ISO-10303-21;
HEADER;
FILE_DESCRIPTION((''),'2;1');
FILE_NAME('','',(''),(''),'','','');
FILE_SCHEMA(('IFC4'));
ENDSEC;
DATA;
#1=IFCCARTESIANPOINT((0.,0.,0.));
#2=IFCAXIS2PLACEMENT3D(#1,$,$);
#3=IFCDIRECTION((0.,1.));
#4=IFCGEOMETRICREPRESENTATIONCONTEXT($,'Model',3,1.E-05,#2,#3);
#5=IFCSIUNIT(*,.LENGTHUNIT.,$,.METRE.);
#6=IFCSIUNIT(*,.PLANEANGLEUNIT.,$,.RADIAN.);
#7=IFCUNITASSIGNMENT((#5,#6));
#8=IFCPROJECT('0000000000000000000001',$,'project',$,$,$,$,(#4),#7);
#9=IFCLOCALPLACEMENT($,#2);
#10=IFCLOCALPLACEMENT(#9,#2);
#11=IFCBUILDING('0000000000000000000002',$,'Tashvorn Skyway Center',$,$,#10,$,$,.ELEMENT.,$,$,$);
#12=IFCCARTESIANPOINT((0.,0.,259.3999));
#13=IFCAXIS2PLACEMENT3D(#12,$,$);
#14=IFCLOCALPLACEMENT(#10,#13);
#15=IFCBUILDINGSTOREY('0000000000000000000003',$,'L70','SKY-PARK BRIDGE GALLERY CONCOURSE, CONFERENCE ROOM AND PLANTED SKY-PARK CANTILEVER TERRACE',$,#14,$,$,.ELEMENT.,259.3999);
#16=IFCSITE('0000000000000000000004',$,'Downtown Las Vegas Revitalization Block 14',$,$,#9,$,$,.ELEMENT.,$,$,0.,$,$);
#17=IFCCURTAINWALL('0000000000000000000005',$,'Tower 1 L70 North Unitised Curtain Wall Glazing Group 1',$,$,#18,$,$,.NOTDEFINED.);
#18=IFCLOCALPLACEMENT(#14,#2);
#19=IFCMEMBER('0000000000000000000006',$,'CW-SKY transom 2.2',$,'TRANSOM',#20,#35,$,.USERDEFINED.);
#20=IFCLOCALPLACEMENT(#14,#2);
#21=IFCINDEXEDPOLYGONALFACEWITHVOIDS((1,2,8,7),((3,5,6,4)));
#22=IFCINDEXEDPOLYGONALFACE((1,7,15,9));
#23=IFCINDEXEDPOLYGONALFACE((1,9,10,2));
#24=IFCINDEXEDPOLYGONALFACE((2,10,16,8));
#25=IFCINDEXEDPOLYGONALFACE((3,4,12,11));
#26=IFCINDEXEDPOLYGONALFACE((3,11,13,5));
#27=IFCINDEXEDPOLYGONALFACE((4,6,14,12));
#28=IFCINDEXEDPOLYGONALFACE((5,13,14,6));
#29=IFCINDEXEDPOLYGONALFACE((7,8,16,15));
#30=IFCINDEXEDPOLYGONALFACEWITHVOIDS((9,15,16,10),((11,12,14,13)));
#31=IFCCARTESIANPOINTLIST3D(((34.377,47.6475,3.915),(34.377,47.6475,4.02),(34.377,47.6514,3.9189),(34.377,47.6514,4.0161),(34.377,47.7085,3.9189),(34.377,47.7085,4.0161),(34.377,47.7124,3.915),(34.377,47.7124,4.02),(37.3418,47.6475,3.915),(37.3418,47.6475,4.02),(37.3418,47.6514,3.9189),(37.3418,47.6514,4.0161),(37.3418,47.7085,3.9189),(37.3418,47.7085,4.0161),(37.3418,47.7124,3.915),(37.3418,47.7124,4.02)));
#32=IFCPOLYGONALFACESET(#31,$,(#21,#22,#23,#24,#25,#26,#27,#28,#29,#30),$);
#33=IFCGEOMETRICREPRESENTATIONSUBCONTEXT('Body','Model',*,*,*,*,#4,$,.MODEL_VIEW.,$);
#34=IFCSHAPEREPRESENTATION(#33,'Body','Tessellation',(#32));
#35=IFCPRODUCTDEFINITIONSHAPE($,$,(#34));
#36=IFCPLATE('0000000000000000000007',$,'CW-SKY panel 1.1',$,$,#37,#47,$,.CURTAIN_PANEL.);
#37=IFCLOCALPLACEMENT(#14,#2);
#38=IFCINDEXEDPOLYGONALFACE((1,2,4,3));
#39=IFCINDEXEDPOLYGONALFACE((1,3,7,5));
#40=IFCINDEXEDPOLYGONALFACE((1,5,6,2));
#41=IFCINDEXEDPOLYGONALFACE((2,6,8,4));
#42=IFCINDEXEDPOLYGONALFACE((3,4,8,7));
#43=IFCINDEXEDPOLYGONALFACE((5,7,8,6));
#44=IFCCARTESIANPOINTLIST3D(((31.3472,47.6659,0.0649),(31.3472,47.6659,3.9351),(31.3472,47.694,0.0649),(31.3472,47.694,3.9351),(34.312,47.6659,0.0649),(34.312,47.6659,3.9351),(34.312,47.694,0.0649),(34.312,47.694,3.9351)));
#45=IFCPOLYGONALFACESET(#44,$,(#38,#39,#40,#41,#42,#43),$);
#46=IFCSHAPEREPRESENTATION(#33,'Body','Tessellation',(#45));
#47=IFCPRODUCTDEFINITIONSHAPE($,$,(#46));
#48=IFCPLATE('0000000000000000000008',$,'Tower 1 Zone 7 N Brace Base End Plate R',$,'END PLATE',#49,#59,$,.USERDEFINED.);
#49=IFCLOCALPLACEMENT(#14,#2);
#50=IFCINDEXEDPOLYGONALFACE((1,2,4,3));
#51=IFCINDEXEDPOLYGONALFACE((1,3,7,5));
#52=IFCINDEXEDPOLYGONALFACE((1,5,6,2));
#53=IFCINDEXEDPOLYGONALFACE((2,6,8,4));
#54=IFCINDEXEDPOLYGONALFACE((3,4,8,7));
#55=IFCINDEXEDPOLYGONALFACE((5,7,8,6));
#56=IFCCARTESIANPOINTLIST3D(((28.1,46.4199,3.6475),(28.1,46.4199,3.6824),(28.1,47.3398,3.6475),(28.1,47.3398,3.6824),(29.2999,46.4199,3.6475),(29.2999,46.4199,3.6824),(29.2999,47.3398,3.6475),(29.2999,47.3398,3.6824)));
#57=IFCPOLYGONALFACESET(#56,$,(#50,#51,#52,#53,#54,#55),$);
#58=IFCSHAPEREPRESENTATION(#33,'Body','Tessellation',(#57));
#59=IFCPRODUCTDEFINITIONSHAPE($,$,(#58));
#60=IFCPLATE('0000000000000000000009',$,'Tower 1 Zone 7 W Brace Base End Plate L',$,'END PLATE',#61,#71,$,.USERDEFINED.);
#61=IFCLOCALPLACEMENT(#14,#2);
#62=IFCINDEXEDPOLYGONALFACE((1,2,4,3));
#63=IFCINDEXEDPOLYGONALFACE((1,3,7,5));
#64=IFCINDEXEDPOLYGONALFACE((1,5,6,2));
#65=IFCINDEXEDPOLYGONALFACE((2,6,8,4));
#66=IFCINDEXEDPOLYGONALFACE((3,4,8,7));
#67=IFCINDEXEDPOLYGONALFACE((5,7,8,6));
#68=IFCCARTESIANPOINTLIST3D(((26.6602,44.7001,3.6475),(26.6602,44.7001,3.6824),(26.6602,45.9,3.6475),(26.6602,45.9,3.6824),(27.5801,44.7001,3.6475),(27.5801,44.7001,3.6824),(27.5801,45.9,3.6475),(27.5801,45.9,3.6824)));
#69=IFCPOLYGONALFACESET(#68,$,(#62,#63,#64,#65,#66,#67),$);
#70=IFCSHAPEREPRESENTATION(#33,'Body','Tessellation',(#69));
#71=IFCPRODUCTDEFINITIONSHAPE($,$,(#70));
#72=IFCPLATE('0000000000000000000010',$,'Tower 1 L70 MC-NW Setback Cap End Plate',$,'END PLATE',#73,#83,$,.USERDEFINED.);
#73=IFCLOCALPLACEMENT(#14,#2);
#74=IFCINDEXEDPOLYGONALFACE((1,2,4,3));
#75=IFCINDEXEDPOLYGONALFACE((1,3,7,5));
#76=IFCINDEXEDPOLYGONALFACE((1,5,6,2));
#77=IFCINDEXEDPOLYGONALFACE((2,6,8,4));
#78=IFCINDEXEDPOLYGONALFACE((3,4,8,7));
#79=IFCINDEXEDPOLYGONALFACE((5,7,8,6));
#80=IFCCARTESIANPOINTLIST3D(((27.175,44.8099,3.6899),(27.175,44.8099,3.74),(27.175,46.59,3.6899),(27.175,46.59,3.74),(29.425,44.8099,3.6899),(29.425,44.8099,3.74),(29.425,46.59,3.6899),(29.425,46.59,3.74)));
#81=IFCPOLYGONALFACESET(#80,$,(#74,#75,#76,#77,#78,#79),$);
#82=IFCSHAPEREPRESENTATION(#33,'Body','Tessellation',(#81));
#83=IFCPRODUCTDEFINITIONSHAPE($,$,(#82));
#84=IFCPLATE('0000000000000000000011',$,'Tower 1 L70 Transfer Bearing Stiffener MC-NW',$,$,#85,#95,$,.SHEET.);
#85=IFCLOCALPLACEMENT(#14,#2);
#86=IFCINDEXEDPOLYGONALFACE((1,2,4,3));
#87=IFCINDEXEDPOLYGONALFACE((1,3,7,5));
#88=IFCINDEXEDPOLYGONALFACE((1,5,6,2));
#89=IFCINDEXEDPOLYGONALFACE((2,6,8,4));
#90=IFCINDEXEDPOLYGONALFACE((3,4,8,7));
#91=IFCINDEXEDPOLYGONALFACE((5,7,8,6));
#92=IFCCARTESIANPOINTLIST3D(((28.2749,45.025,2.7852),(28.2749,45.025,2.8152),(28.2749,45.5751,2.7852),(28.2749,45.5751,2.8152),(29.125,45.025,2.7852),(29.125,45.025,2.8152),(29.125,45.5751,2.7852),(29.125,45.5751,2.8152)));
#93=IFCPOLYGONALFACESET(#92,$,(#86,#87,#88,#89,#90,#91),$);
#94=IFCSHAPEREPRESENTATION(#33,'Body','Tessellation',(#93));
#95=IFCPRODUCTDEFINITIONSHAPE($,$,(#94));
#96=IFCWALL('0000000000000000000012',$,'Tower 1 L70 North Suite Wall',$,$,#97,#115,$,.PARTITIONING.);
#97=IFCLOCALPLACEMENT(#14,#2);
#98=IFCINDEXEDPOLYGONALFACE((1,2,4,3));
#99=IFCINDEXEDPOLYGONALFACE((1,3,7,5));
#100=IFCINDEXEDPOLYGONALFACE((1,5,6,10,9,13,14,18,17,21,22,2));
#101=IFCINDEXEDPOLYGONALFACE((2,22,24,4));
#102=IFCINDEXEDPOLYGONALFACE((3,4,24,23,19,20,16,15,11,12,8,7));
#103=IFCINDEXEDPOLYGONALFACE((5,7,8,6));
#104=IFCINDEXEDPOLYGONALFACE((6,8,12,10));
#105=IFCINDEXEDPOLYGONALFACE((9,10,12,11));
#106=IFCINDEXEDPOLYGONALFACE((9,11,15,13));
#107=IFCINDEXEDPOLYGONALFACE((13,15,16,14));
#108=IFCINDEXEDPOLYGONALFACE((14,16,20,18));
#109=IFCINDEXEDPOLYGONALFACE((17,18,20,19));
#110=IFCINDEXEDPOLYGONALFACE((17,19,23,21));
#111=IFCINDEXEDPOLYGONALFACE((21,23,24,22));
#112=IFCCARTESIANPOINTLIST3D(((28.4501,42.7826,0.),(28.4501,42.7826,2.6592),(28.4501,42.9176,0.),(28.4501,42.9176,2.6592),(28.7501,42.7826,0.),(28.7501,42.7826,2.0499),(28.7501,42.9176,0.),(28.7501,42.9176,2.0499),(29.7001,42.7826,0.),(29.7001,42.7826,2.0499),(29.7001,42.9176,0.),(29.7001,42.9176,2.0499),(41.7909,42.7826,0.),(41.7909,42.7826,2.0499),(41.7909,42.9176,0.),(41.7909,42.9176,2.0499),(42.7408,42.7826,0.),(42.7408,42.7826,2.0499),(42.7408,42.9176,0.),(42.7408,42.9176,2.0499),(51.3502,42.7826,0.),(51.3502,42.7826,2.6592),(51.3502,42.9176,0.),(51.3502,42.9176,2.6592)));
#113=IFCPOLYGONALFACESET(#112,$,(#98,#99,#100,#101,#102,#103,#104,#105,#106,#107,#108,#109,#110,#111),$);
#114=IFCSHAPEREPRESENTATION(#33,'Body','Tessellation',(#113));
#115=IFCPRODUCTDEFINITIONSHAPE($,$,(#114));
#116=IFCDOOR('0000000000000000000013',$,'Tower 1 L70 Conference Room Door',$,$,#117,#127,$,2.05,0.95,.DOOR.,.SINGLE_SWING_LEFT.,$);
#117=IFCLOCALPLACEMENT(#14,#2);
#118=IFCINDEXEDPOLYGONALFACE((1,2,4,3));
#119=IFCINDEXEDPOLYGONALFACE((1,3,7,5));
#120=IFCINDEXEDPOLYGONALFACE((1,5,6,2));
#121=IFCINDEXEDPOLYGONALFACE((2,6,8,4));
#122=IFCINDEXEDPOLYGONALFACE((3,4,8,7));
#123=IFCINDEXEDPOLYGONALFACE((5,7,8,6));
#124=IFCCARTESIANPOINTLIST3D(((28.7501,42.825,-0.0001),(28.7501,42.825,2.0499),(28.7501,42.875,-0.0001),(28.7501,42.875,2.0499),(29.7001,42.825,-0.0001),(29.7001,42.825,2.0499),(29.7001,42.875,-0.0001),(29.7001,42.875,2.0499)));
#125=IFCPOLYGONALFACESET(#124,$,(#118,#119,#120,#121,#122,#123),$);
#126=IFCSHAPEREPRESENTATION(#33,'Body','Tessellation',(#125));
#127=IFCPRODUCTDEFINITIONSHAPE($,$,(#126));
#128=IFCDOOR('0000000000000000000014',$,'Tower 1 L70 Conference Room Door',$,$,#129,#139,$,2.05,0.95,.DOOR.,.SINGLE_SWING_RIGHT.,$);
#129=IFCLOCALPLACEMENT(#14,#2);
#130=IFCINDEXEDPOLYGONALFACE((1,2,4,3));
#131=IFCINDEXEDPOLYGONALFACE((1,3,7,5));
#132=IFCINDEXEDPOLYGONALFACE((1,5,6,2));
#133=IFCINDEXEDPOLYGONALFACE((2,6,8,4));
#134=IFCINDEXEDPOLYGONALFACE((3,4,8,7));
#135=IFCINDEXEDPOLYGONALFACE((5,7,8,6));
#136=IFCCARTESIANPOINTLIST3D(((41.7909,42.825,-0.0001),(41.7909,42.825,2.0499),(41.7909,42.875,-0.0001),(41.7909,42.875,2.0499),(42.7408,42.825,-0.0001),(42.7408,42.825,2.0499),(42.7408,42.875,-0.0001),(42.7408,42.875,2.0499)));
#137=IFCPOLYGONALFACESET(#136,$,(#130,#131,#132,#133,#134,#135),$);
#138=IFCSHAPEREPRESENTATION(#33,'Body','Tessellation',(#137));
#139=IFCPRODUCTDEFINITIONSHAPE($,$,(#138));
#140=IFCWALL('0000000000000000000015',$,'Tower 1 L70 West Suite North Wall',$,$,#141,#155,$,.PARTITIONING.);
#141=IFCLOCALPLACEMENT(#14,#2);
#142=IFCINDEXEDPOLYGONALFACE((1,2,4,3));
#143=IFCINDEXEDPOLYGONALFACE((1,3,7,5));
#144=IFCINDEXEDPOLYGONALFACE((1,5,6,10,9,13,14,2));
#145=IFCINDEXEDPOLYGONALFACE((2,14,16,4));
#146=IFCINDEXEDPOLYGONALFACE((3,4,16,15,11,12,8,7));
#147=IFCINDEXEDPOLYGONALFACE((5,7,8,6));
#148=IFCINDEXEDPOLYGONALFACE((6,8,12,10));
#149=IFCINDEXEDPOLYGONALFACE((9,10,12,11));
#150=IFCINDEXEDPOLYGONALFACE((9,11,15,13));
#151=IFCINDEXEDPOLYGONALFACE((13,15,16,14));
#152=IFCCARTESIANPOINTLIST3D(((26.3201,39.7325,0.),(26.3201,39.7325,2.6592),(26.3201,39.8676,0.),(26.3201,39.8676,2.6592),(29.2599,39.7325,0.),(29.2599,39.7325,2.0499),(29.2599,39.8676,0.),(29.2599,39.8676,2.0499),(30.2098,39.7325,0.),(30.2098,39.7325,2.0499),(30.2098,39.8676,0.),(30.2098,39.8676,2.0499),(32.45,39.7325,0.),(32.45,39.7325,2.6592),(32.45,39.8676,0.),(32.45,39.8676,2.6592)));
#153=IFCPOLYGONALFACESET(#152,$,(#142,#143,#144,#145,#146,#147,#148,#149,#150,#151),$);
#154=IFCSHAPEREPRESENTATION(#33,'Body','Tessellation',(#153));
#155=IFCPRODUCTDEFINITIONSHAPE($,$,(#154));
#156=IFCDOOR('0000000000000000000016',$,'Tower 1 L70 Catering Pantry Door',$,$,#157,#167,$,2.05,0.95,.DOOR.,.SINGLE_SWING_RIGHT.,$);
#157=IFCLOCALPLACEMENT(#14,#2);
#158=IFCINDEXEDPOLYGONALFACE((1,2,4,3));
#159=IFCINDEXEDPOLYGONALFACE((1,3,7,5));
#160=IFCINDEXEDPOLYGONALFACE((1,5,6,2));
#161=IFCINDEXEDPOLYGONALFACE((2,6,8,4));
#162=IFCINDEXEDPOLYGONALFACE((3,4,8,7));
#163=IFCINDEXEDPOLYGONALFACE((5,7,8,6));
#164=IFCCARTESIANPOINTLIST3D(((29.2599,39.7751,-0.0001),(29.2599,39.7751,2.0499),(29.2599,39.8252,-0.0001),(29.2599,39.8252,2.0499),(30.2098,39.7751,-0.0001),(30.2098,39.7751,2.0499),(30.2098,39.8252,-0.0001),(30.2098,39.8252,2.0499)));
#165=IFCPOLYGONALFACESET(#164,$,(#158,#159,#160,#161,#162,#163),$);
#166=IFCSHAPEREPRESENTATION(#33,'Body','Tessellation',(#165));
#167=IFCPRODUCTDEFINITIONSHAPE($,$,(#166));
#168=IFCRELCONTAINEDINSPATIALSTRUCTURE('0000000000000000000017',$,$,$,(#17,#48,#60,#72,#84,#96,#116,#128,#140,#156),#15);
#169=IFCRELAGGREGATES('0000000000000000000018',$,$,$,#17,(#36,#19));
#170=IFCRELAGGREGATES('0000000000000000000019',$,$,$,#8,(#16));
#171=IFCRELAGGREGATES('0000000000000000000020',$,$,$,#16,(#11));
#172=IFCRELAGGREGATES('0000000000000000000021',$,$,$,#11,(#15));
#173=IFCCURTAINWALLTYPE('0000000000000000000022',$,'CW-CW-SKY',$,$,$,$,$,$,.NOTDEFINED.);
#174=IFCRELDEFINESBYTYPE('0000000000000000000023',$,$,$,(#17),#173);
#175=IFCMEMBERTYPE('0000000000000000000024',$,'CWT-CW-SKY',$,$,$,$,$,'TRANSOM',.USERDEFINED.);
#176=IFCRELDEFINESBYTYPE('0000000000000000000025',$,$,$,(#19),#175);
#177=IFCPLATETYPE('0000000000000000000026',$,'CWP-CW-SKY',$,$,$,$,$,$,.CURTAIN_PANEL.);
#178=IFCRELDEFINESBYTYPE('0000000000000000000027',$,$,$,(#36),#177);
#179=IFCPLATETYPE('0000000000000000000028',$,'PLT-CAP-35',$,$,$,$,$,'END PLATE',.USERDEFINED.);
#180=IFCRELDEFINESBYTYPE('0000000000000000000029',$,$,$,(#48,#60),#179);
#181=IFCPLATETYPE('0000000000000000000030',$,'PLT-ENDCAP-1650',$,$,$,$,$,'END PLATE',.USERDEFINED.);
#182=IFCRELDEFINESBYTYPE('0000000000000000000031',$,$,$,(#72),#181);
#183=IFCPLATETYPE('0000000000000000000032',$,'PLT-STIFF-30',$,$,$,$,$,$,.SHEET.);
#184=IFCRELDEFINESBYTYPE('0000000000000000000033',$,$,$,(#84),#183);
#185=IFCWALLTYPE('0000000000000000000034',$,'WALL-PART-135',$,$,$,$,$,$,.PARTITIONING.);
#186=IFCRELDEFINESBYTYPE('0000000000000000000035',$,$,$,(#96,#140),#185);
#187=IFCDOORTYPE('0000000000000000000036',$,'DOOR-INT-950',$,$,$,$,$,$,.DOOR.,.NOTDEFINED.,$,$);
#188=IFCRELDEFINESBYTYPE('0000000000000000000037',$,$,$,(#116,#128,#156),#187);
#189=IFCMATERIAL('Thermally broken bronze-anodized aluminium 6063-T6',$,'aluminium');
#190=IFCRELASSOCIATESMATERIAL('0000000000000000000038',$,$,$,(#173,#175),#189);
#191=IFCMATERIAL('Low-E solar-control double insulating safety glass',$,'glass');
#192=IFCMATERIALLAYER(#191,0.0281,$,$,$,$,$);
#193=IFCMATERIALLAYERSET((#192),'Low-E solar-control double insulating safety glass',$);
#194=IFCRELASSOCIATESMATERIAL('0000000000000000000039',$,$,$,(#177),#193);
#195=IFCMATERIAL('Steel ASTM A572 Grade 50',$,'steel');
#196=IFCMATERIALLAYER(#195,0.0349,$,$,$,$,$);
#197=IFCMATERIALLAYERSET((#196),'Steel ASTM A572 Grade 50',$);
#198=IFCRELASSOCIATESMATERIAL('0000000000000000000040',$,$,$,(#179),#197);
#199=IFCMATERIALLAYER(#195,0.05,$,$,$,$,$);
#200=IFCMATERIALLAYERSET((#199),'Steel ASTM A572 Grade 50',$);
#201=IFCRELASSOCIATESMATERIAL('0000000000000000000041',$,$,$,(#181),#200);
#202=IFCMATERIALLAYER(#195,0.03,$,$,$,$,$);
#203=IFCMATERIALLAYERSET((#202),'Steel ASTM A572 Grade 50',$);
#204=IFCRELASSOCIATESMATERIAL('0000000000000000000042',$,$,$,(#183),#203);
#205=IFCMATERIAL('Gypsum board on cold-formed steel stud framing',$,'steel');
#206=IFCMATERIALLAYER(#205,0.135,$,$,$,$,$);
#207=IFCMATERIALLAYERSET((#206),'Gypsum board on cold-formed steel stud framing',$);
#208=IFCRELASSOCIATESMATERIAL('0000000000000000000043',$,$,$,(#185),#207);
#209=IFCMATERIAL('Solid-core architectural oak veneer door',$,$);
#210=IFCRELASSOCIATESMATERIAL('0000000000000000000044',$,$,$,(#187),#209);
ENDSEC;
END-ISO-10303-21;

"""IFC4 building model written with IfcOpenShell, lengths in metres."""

from ifc_helpers import new_model, si_unit, direction, frame, frame_2d, origin, origin_2d, place, context, subcontext, project, spatial, rectangle, hollow_rectangle, extrude, material, layer, layer_set, material_profile, profile_set, type_object, element, fill, aggregate, save


model = new_model("IFC4")

# Units and contexts
model_context = context("Model", 3, precision=1e-05, world=origin(), true_north=direction((0.0, 1.0)))
body_context = subcontext(model_context, "Body", "Model", "MODEL_VIEW")
ifc_project = project(units=[si_unit("LENGTHUNIT", "METRE"), si_unit("PLANEANGLEUNIT", "RADIAN")], contexts=[model_context])

# Site, building, storey
site_placement = place(None, origin())
site = spatial("IfcSite", under=ifc_project, at=site_placement, Name="Downtown Las Vegas Revitalization Block 14", CompositionType="ELEMENT", RefElevation=0.0)
building_placement = place(site_placement, origin())
building = spatial("IfcBuilding", under=site, at=building_placement, Name="Tashvorn Skyway Center", CompositionType="ELEMENT")
storey_placement = place(building_placement, frame((0.0, 0.0, 259.3999)))
storey = spatial("IfcBuildingStorey", under=building, at=storey_placement, Name="L70", Description="SKY-PARK BRIDGE GALLERY CONCOURSE, CONFERENCE ROOM AND PLANTED SKY-PARK CANTILEVER TERRACE", CompositionType="ELEMENT", Elevation=259.3999)

# Shared definitions
ifc_material_1 = material(Name="Steel ASTM A572 Grade 50", Category="steel")

# Curtain wall, member, plate
ifc_material_2 = material(Name="Thermally broken bronze-anodized aluminium 6063-T6", Category="aluminium")
curtain_wall_type = type_object("IfcCurtainWallType", Name="CW-CW-SKY", PredefinedType="NOTDEFINED", material=ifc_material_2)
curtain_wall_placement = place(storey_placement, origin())
curtain_wall = element("IfcCurtainWall", 1, at=curtain_wall_placement, inside=storey, type_object=curtain_wall_type, Name="Tower 1 L70 North Unitised Curtain Wall Glazing Group 1", PredefinedType="NOTDEFINED")
ifc_material_profile_1 = material_profile(ifc_material_2, hollow_rectangle(XDim=0.0649, YDim=0.105, WallThickness=0.0039, at=origin_2d()), Name="ALU-TRAN-65x105")
ifc_profile_set_1 = profile_set([ifc_material_profile_1], Name="Thermally broken bronze-anodized aluminium 6063-T6")
member_type_1 = type_object("IfcMemberType", Name="CWT-CW-SKY", ElementType="TRANSOM", PredefinedType="USERDEFINED", material=ifc_profile_set_1)
member_1_placement = place(storey_placement, frame((34.377, 47.6799, 3.9675), z_axis=(1.0, 0.0, 0.0), x_axis=(0.0, 1.0, 0.0)))
member_1 = element("IfcMember", 2, at=member_1_placement, type_object=member_type_1, Name="CW-SKY transom 2.2", ObjectType="TRANSOM", PredefinedType="USERDEFINED", context=body_context, shape_type="SweptSolid", body=[
    extrude(hollow_rectangle(XDim=0.0649, YDim=0.105, WallThickness=0.0039, at=origin_2d()), origin(), (0.0, 0.0, 1.0), 2.9648),
])
ifc_material_3 = material(Name="Low-E solar-control double insulating safety glass", Category="glass")
ifc_layer_1 = layer(ifc_material_3, 0.0281)
ifc_layer_set_1 = layer_set([ifc_layer_1], Name="Low-E solar-control double insulating safety glass")
plate_type_1 = type_object("IfcPlateType", Name="CWP-CW-SKY", PredefinedType="CURTAIN_PANEL", material=ifc_layer_set_1)
plate_1_placement = place(storey_placement, frame((32.8296, 47.6799, 0.0649), z_axis=(0.0, 0.0, 1.0), x_axis=(1.0, 0.0, 0.0)))
plate_1 = element("IfcPlate", 3, at=plate_1_placement, type_object=plate_type_1, Name="CW-SKY panel 1.1", PredefinedType="CURTAIN_PANEL", context=body_context, shape_type="SweptSolid", body=[
    extrude(rectangle(XDim=2.9648, YDim=0.0281, at=origin_2d()), origin(), (0.0, 0.0, 1.0), 3.8701),
])
aggregate(curtain_wall, [plate_1, member_1])

# Plates
ifc_layer_2 = layer(ifc_material_1, 0.0349)
ifc_layer_set_2 = layer_set([ifc_layer_2], Name="Steel ASTM A572 Grade 50")
plate_type_2 = type_object("IfcPlateType", Name="PLT-CAP-35", ElementType="END PLATE", PredefinedType="USERDEFINED", material=ifc_layer_set_2)
for number, where, z_axis, x_axis, name in (
    (4, (28.7, 46.8799, 3.6475), (0.0, 0.0, 1.0), (-1.0, 0.0, 0.0), "Tower 1 Zone 7 N Brace Base End Plate R"),
    (5, (27.1201, 45.3, 3.6475), (0.0, 0.0, 1.0), (0.0, -1.0, 0.0), "Tower 1 Zone 7 W Brace Base End Plate L"),
):
    element("IfcPlate", number, at=place(storey_placement, frame(where, z_axis=z_axis, x_axis=x_axis)), inside=storey, type_object=plate_type_2, Name=name, ObjectType="END PLATE", PredefinedType="USERDEFINED", context=body_context, shape_type="SweptSolid", body=[
        extrude(rectangle(XDim=1.2, YDim=0.9199, at=origin_2d()), origin(), (0.0, 0.0, 1.0), 0.0349),
    ])
ifc_layer_3 = layer(ifc_material_1, 0.05)
ifc_layer_set_3 = layer_set([ifc_layer_3], Name="Steel ASTM A572 Grade 50")
plate_type_3 = type_object("IfcPlateType", Name="PLT-ENDCAP-1650", ElementType="END PLATE", PredefinedType="USERDEFINED", material=ifc_layer_set_3)
plate_2_placement = place(storey_placement, frame((28.3, 45.7, 3.6899), z_axis=(0.0, 0.0, 1.0), x_axis=(1.0, 0.0, 0.0)))
element("IfcPlate", 6, at=plate_2_placement, inside=storey, type_object=plate_type_3, Name="Tower 1 L70 MC-NW Setback Cap End Plate", ObjectType="END PLATE", PredefinedType="USERDEFINED", context=body_context, shape_type="SweptSolid", body=[
    extrude(rectangle(XDim=2.25, YDim=1.78, at=origin_2d()), origin(), (0.0, 0.0, 1.0), 0.05),
])
ifc_layer_4 = layer(ifc_material_1, 0.03)
ifc_layer_set_4 = layer_set([ifc_layer_4], Name="Steel ASTM A572 Grade 50")
plate_type_4 = type_object("IfcPlateType", Name="PLT-STIFF-30", PredefinedType="SHEET", material=ifc_layer_set_4)
plate_3_placement = place(storey_placement, frame((28.7, 45.3, 2.7852), z_axis=(0.0, 0.0, 1.0), x_axis=(1.0, 0.0, 0.0)))
element("IfcPlate", 7, at=plate_3_placement, inside=storey, type_object=plate_type_4, Name="Tower 1 L70 Transfer Bearing Stiffener MC-NW", PredefinedType="SHEET", context=body_context, shape_type="SweptSolid", body=[
    extrude(rectangle(XDim=0.8501, YDim=0.55, at=origin_2d()), origin(), (0.0, 0.0, 1.0), 0.03),
])

# Wall, openings, doors
ifc_material_4 = material(Name="Gypsum board on cold-formed steel stud framing", Category="steel")
ifc_layer_5 = layer(ifc_material_4, 0.135)
ifc_layer_set_5 = layer_set([ifc_layer_5], Name="Gypsum board on cold-formed steel stud framing")
wall_type = type_object("IfcWallType", Name="WALL-PART-135", PredefinedType="PARTITIONING", material=ifc_layer_set_5)
wall_1_placement = place(storey_placement, frame((28.45, 42.8501, 0.0), z_axis=(0.0, 0.0, 1.0), x_axis=(1.0, 0.0, 0.0)))
wall_1 = element("IfcWall", 8, at=wall_1_placement, inside=storey, type_object=wall_type, Name="Tower 1 L70 North Suite Wall", PredefinedType="PARTITIONING", context=body_context, shape_type="SweptSolid", body=[
    extrude(rectangle(XDim=22.9001, YDim=0.135, at=frame_2d((11.4502, 0.0))), origin(), (0.0, 0.0, 1.0), 2.6592),
])
opening_1_placement = place(wall_1_placement, frame((0.3, 0.0, 0.0)))
opening_1 = element("IfcOpeningElement", 9, at=opening_1_placement, cuts=wall_1, PredefinedType="OPENING", context=body_context, shape_type="SweptSolid", body=[
    extrude(rectangle(XDim=0.95, YDim=2.05, at=frame_2d((0.4751, 1.0249))), frame((0.0, 0.0774, 0.0), z_axis=(0.0, -1.0, 0.0), x_axis=(1.0, 0.0, 0.0)), (0.0, 0.0, 1.0), 0.155),
])
opening_2_placement = place(wall_1_placement, frame((13.3408, 0.0, 0.0)))
opening_2 = element("IfcOpeningElement", 10, at=opening_2_placement, cuts=wall_1, PredefinedType="OPENING", context=body_context, shape_type="SweptSolid", body=[
    extrude(rectangle(XDim=0.95, YDim=2.05, at=frame_2d((0.4751, 1.0249))), frame((0.0, 0.0774, 0.0), z_axis=(0.0, -1.0, 0.0), x_axis=(1.0, 0.0, 0.0)), (0.0, 0.0, 1.0), 0.155),
])
ifc_material_5 = material(Name="Solid-core architectural oak veneer door")
door_type = type_object("IfcDoorType", Name="DOOR-INT-950", OperationType="NOTDEFINED", PredefinedType="DOOR", material=ifc_material_5)
door_1_placement = place(opening_1_placement, origin())
door_1 = element("IfcDoor", 11, at=door_1_placement, inside=storey, type_object=door_type, Name="Tower 1 L70 Conference Room Door", OperationType="SINGLE_SWING_LEFT", OverallHeight=2.05, OverallWidth=0.95, PredefinedType="DOOR", context=body_context, shape_type="SweptSolid", body=[
    extrude(rectangle(XDim=0.95, YDim=2.05, at=frame_2d((0.4751, 1.0249))), frame((0.0, 0.0249, 0.0), z_axis=(0.0, -1.0, 0.0), x_axis=(1.0, 0.0, 0.0)), (0.0, 0.0, 1.0), 0.05),
])
fill(opening_1, door_1)
door_2_placement = place(opening_2_placement, origin())
door_2 = element("IfcDoor", 12, at=door_2_placement, inside=storey, type_object=door_type, Name="Tower 1 L70 Conference Room Door", OperationType="SINGLE_SWING_RIGHT", OverallHeight=2.05, OverallWidth=0.95, PredefinedType="DOOR", context=body_context, shape_type="SweptSolid", body=[
    extrude(rectangle(XDim=0.95, YDim=2.05, at=frame_2d((0.4751, 1.0249))), frame((0.0, 0.0249, 0.0), z_axis=(0.0, -1.0, 0.0), x_axis=(1.0, 0.0, 0.0)), (0.0, 0.0, 1.0), 0.05),
])
fill(opening_2, door_2)

# Wall, opening, door
wall_2_placement = place(storey_placement, frame((32.45, 39.8, 0.0), z_axis=(0.0, 0.0, 1.0), x_axis=(-1.0, 0.0, 0.0)))
wall_2 = element("IfcWall", 13, at=wall_2_placement, inside=storey, type_object=wall_type, Name="Tower 1 L70 West Suite North Wall", PredefinedType="PARTITIONING", context=body_context, shape_type="SweptSolid", body=[
    extrude(rectangle(XDim=6.1299, YDim=0.135, at=frame_2d((3.0649, 0.0))), origin(), (0.0, 0.0, 1.0), 2.6592),
])
opening_3_placement = place(wall_2_placement, frame((2.24, 0.0, 0.0)))
opening_3 = element("IfcOpeningElement", 14, at=opening_3_placement, cuts=wall_2, PredefinedType="OPENING", context=body_context, shape_type="SweptSolid", body=[
    extrude(rectangle(XDim=0.95, YDim=2.05, at=frame_2d((0.4751, 1.0249))), frame((0.0, 0.0774, 0.0), z_axis=(0.0, -1.0, 0.0), x_axis=(1.0, 0.0, 0.0)), (0.0, 0.0, 1.0), 0.155),
])
door_3_placement = place(opening_3_placement, origin())
door_3 = element("IfcDoor", 15, at=door_3_placement, inside=storey, type_object=door_type, Name="Tower 1 L70 Catering Pantry Door", OperationType="SINGLE_SWING_RIGHT", OverallHeight=2.05, OverallWidth=0.95, PredefinedType="DOOR", context=body_context, shape_type="SweptSolid", body=[
    extrude(rectangle(XDim=0.95, YDim=2.05, at=frame_2d((0.4751, 1.0249))), frame((0.0, 0.0249, 0.0), z_axis=(0.0, -1.0, 0.0), x_axis=(1.0, 0.0, 0.0)), (0.0, 0.0, 1.0), 0.05),
])
fill(opening_3, door_3)

save(model, "model.ifc")
